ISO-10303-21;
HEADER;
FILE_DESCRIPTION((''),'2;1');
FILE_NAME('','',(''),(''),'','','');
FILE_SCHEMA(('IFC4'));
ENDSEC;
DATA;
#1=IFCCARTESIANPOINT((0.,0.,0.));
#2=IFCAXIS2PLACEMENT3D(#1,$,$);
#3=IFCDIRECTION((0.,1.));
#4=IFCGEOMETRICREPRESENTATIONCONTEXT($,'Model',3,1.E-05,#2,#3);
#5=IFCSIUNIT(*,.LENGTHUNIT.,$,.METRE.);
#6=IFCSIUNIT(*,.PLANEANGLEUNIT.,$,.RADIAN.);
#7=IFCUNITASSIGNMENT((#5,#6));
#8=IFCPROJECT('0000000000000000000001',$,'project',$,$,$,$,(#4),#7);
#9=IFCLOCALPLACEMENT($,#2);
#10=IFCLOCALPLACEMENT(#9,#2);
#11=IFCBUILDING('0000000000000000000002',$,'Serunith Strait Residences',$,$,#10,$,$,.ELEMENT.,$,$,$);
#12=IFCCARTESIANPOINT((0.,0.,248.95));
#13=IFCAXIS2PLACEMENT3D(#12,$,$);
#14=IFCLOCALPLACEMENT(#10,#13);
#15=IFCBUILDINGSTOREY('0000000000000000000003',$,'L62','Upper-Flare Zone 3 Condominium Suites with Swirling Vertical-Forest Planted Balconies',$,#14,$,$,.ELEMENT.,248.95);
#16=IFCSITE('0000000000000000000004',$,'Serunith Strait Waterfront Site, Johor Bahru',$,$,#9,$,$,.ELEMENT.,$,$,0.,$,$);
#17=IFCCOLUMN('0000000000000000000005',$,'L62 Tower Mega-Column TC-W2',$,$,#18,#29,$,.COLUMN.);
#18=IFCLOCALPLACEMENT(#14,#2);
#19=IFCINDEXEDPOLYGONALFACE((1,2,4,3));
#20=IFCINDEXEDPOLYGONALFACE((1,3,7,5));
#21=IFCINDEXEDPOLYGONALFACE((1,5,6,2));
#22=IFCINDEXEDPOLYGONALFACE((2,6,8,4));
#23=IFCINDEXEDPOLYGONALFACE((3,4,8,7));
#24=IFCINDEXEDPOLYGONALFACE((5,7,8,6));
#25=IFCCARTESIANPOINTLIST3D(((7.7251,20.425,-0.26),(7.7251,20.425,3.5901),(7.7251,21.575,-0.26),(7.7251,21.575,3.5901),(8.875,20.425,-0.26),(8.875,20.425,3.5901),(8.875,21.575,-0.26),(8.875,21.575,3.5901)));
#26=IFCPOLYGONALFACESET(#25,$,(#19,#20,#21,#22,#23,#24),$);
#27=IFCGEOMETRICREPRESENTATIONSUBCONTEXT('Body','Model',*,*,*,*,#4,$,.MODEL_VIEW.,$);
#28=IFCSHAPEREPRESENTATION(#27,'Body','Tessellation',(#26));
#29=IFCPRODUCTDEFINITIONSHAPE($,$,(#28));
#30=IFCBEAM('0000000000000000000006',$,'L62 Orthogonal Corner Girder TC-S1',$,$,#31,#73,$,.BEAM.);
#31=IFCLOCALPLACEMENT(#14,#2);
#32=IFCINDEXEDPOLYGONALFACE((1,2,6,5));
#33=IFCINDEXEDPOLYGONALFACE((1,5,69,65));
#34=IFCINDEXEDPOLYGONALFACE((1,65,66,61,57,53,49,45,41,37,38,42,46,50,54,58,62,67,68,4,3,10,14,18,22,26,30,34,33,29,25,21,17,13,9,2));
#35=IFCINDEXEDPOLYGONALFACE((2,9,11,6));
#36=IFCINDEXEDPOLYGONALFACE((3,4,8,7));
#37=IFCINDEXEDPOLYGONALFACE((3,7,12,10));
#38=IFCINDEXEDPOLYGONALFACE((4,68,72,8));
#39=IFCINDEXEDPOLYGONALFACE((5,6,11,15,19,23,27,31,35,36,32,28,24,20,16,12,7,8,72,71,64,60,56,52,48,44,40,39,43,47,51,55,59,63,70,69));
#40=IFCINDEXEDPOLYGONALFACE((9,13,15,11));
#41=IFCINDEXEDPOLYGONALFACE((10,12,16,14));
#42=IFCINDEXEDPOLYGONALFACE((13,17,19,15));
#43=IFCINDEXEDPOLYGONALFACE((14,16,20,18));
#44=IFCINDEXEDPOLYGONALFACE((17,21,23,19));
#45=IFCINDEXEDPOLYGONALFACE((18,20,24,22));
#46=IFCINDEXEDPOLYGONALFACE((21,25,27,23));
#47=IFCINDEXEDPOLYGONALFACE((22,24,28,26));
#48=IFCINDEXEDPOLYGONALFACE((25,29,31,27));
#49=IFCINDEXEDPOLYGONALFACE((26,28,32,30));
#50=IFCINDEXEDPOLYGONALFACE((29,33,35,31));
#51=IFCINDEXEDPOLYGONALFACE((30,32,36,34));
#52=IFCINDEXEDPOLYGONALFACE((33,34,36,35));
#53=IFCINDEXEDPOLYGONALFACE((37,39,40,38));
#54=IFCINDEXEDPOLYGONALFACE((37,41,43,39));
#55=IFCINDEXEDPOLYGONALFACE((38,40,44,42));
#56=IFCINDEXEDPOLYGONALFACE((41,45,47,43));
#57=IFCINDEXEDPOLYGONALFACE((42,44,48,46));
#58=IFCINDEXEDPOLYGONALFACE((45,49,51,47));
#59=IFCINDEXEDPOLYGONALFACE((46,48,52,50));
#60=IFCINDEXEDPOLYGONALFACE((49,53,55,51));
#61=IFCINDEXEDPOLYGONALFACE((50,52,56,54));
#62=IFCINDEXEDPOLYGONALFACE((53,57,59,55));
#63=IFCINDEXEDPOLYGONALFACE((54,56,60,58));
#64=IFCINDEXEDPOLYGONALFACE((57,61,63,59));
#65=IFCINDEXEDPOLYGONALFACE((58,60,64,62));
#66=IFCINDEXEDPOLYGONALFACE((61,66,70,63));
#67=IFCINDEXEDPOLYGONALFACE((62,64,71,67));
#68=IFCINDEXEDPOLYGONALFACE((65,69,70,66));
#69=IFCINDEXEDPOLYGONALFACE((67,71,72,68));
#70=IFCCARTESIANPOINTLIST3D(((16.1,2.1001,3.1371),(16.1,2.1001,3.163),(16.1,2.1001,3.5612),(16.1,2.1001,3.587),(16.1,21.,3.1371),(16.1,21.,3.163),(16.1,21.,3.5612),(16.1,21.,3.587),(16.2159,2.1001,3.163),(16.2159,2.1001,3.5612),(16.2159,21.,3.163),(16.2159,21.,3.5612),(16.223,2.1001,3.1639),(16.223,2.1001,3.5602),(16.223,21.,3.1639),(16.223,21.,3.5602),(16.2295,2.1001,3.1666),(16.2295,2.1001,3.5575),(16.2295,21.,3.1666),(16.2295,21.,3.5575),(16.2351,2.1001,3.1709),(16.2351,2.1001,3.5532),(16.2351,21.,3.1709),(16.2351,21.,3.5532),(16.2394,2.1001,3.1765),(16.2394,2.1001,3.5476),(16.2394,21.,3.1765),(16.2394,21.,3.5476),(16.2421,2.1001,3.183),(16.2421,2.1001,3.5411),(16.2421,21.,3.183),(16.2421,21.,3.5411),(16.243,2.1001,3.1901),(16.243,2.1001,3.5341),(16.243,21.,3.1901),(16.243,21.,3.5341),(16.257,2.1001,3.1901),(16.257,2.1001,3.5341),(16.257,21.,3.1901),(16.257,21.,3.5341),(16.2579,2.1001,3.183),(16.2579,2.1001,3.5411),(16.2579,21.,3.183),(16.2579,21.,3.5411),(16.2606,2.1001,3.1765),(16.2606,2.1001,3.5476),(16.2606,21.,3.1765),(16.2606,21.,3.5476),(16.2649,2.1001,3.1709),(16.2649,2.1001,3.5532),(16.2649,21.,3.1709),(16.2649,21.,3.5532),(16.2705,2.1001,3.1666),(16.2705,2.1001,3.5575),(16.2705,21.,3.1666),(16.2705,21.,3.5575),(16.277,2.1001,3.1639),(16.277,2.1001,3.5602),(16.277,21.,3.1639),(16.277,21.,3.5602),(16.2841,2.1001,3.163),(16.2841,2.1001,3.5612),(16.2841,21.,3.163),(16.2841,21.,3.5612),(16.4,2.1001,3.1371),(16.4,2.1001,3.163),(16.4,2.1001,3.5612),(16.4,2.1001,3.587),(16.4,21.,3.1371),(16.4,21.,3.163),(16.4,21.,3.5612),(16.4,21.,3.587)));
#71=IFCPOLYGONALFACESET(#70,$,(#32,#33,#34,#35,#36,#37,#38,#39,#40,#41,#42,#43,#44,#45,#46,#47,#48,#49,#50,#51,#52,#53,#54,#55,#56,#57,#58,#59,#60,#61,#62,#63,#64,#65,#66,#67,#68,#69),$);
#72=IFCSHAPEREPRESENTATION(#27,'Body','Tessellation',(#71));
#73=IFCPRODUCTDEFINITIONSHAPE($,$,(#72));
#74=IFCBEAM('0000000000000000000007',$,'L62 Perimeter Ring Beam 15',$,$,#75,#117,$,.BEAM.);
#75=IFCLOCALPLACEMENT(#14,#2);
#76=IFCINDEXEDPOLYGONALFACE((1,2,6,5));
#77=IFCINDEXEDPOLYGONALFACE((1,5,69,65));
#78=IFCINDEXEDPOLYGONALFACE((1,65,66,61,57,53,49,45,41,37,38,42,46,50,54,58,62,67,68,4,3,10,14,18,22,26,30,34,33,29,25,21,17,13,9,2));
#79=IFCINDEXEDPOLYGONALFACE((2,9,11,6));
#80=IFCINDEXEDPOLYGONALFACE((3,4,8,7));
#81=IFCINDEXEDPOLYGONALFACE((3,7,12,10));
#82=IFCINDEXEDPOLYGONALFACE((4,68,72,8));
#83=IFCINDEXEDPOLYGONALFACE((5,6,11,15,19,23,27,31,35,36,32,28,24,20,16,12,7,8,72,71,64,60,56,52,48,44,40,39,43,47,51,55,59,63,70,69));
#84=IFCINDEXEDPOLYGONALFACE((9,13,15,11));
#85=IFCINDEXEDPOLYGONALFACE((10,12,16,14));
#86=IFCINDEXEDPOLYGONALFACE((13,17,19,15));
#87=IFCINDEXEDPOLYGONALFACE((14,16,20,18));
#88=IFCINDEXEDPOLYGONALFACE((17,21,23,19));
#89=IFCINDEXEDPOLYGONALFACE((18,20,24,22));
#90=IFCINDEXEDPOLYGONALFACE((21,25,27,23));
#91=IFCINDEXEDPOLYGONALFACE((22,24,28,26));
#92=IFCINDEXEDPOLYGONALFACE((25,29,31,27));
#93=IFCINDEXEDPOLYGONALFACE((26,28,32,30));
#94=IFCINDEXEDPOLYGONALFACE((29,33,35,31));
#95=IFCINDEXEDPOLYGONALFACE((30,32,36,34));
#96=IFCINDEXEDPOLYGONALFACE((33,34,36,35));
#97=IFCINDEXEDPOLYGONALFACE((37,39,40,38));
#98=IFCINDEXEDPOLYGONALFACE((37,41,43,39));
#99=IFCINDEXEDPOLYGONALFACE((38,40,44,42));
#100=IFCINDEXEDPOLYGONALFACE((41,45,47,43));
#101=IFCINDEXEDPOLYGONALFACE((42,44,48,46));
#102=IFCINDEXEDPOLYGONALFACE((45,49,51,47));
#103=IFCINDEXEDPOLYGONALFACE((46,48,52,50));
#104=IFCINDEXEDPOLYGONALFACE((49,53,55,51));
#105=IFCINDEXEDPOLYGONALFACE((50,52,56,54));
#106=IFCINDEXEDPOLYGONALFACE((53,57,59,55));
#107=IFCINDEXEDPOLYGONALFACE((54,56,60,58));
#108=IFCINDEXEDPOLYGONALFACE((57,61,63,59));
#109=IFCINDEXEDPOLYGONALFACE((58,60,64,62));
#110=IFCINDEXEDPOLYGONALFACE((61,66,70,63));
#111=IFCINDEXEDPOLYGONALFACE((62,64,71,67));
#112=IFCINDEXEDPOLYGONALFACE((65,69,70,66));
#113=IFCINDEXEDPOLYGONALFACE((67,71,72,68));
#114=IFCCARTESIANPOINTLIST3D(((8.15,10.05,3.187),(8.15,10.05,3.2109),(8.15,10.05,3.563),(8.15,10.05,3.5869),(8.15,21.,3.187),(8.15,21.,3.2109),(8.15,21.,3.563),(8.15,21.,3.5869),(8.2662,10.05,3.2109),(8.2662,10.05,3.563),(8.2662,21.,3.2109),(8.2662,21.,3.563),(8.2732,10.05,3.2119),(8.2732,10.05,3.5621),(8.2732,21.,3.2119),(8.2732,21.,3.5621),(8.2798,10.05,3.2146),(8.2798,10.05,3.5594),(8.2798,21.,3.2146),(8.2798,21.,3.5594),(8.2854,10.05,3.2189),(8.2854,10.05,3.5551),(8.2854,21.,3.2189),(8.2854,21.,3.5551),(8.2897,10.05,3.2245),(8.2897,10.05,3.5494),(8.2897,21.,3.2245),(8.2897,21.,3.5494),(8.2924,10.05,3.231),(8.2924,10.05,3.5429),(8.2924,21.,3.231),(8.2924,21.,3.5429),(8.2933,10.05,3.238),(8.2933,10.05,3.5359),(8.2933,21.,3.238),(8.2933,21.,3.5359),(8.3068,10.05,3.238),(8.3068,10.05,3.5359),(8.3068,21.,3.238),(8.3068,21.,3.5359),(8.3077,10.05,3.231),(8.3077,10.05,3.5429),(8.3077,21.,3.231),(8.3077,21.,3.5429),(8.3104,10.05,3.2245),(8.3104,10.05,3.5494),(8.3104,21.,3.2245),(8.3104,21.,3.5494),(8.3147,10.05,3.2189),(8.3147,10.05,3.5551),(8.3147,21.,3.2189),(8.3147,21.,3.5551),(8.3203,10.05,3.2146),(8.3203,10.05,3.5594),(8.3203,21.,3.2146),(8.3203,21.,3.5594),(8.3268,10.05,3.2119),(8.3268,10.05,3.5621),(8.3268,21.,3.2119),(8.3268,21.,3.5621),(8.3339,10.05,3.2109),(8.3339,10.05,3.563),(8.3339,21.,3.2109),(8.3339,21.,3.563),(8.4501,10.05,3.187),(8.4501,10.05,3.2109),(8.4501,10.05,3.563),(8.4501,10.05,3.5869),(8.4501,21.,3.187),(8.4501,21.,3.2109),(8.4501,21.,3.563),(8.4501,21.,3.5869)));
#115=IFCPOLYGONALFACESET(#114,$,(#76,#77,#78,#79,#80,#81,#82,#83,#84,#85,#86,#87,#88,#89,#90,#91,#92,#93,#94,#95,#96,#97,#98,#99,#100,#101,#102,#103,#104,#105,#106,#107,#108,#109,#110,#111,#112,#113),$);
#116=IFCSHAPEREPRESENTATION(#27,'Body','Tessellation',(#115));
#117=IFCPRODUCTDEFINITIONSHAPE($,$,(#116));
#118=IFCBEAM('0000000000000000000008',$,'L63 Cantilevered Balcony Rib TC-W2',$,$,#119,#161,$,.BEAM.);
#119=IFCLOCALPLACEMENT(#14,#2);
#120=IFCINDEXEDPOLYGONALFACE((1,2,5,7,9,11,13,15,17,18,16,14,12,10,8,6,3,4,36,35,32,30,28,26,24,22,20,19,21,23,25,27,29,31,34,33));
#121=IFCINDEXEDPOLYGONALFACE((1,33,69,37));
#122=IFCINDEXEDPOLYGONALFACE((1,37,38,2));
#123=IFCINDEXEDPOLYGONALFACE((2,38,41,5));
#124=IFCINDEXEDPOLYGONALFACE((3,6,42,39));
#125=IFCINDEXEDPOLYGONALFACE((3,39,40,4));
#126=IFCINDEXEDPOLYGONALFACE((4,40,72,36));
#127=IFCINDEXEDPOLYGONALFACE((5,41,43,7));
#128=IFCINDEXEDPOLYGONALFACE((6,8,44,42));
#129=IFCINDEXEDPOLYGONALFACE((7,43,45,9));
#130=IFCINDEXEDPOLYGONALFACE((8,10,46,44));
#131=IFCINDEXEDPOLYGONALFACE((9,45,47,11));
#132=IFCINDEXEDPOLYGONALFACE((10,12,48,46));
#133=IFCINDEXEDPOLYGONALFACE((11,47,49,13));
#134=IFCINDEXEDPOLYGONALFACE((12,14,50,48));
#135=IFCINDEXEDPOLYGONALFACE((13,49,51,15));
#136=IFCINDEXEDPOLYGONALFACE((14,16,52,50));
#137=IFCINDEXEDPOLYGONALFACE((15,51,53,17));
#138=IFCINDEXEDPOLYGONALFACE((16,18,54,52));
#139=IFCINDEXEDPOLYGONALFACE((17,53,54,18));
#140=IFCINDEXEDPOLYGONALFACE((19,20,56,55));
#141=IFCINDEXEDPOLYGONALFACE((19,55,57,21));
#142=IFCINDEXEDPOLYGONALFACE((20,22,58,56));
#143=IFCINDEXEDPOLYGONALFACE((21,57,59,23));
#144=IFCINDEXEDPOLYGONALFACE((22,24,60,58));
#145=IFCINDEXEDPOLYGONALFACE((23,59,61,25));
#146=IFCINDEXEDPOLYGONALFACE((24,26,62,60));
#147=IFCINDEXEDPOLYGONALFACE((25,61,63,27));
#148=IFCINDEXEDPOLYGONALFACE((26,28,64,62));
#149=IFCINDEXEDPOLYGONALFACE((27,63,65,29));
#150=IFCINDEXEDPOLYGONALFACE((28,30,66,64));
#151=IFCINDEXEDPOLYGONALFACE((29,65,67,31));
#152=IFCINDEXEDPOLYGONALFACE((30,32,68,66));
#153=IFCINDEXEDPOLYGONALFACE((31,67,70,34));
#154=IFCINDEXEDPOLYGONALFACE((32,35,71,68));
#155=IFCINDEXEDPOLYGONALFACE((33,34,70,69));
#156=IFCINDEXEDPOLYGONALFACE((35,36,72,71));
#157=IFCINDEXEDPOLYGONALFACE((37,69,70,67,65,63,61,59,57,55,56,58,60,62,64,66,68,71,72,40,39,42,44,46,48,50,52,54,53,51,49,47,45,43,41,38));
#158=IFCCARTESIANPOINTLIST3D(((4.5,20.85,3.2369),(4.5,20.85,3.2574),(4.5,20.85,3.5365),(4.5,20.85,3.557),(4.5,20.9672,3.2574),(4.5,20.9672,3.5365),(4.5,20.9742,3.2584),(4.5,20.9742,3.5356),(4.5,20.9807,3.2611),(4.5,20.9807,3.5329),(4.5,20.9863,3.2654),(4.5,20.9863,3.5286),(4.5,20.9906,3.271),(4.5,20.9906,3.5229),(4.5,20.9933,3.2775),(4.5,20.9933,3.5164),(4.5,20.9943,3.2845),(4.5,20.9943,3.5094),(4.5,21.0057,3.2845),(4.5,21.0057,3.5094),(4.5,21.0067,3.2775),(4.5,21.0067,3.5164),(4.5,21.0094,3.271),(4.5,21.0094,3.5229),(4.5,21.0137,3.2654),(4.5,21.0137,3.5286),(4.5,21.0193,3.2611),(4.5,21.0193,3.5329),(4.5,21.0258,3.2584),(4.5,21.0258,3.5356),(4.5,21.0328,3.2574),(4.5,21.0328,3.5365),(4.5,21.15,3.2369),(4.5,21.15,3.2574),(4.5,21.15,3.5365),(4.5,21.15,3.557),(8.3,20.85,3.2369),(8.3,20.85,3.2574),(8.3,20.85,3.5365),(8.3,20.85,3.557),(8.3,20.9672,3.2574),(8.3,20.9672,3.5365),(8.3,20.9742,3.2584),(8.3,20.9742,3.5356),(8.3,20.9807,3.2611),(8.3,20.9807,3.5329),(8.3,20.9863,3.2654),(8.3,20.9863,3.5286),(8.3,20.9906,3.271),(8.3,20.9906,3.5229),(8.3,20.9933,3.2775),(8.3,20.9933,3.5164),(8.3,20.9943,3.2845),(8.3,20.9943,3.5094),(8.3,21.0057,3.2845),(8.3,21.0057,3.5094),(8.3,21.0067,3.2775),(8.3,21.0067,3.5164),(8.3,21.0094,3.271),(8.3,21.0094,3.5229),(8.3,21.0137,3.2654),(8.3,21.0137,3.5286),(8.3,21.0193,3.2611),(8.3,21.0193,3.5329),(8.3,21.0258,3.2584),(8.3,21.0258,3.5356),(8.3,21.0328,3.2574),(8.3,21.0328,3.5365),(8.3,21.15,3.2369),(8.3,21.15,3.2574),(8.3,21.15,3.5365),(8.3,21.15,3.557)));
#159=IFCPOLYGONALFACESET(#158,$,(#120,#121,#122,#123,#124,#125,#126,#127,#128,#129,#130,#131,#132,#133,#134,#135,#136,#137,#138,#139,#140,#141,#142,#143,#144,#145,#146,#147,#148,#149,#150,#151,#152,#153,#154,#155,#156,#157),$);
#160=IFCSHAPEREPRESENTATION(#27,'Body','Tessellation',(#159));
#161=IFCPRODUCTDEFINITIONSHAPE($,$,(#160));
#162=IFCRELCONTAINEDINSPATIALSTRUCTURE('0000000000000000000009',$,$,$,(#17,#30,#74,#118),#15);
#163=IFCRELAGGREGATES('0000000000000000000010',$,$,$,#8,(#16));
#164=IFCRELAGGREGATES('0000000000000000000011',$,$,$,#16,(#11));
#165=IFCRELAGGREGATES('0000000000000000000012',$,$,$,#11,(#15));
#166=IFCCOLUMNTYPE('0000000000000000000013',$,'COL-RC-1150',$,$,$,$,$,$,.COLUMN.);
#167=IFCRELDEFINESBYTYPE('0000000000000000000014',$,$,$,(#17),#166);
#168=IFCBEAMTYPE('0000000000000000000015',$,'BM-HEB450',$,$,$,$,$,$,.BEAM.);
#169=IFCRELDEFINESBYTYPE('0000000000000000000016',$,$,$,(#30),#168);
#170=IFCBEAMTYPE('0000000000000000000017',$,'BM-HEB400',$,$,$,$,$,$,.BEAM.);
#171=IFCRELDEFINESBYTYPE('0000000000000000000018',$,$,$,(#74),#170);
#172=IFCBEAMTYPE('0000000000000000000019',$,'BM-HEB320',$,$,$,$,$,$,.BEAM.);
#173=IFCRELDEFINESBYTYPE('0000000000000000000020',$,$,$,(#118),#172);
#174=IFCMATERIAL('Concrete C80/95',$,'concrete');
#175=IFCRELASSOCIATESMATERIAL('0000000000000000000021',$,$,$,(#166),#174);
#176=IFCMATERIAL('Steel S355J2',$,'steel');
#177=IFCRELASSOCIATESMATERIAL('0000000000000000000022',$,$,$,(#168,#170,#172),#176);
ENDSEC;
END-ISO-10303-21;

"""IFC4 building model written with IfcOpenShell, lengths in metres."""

from ifc_helpers import new_model, si_unit, direction, frame, origin, origin_2d, place, context, subcontext, project, spatial, rectangle, i_section, extrude, source, transform, mapped, material, material_profile, profile_set, type_object, element, save


model = new_model("IFC4")

# Units and contexts
model_context = context("Model", 3, precision=1e-05, world=origin(), true_north=direction((0.0, 1.0)))
body_context = subcontext(model_context, "Body", "Model", "MODEL_VIEW")
ifc_project = project(units=[si_unit("LENGTHUNIT", "METRE"), si_unit("PLANEANGLEUNIT", "RADIAN")], contexts=[model_context])

# Site, building, storey
site_placement = place(None, origin())
site = spatial("IfcSite", under=ifc_project, at=site_placement, Name="Serunith Strait Waterfront Site, Johor Bahru", CompositionType="ELEMENT", RefElevation=0.0)
building_placement = place(site_placement, origin())
building = spatial("IfcBuilding", under=site, at=building_placement, Name="Serunith Strait Residences", CompositionType="ELEMENT")
storey_placement = place(building_placement, frame((0.0, 0.0, 248.95)))
storey = spatial("IfcBuildingStorey", under=building, at=storey_placement, Name="L62", Description="Upper-Flare Zone 3 Condominium Suites with Swirling Vertical-Forest Planted Balconies", CompositionType="ELEMENT", Elevation=248.95)

# Column
ifc_material_1 = material(Name="Concrete C80/95", Category="concrete")
ifc_material_profile_1 = material_profile(ifc_material_1, rectangle(XDim=1.1499, YDim=1.1499, at=origin_2d()), Name="RC 1150x1150")
ifc_profile_set_1 = profile_set([ifc_material_profile_1], Name="Concrete C80/95")
column_type = type_object("IfcColumnType", Name="COL-RC-1150", PredefinedType="COLUMN", material=ifc_profile_set_1)
shared_shape_1 = source(origin(), body_context, "Body", "SweptSolid", [
    extrude(rectangle(XDim=1.1499, YDim=1.1499, at=origin_2d()), origin(), (0.0, 0.0, 1.0), 3.8501),
])
column_placement = place(storey_placement, frame((8.3, 21.0, -0.26), z_axis=(0.0, 0.0, 1.0), x_axis=(1.0, 0.0, 0.0)))
element("IfcColumn", 1, at=column_placement, inside=storey, type_object=column_type, Name="L62 Tower Mega-Column TC-W2", PredefinedType="COLUMN", context=body_context, shape_type="MappedRepresentation", body=[
    mapped(shared_shape_1, transform((0.0, 0.0, 0.0), scale=1.0)),
])

# Beams
ifc_material_2 = material(Name="Steel S355J2", Category="steel")
ifc_material_profile_2 = material_profile(ifc_material_2, i_section(OverallWidth=0.3, OverallDepth=0.45, WebThickness=0.0139, FlangeThickness=0.0259, FilletRadius=0.0271, at=origin_2d()), Name="HEB 450")
ifc_profile_set_2 = profile_set([ifc_material_profile_2], Name="Steel S355J2")
beam_type_1 = type_object("IfcBeamType", Name="BM-HEB450", PredefinedType="BEAM", material=ifc_profile_set_2)
shared_shape_2 = source(origin(), body_context, "Body", "SweptSolid", [
    extrude(i_section(OverallWidth=0.3, OverallDepth=0.45, WebThickness=0.0139, FlangeThickness=0.0259, FilletRadius=0.0271, at=origin_2d()), origin(), (0.0, 0.0, 1.0), 18.8999),
])
beam_1_placement = place(storey_placement, frame((16.25, 21.0, 3.3621), z_axis=(0.0, -1.0, 0.0), x_axis=(1.0, 0.0, 0.0)))
element("IfcBeam", 2, at=beam_1_placement, inside=storey, type_object=beam_type_1, Name="L62 Orthogonal Corner Girder TC-S1", PredefinedType="BEAM", context=body_context, shape_type="MappedRepresentation", body=[
    mapped(shared_shape_2, transform((0.0, 0.0, 0.0), scale=1.0)),
])
ifc_material_profile_3 = material_profile(ifc_material_2, i_section(OverallWidth=0.3, OverallDepth=0.3999, WebThickness=0.0134, FlangeThickness=0.0239, FilletRadius=0.0271, at=origin_2d()), Name="HEB 400")
ifc_profile_set_3 = profile_set([ifc_material_profile_3], Name="Steel S355J2")
beam_type_2 = type_object("IfcBeamType", Name="BM-HEB400", PredefinedType="BEAM", material=ifc_profile_set_3)
shared_shape_3 = source(origin(), body_context, "Body", "SweptSolid", [
    extrude(i_section(OverallWidth=0.3, OverallDepth=0.3999, WebThickness=0.0134, FlangeThickness=0.0239, FilletRadius=0.0271, at=origin_2d()), origin(), (0.0, 0.0, 1.0), 10.95),
])
beam_2_placement = place(storey_placement, frame((8.3, 21.0, 3.387), z_axis=(0.0, -1.0, 0.0), x_axis=(1.0, 0.0, 0.0)))
element("IfcBeam", 3, at=beam_2_placement, inside=storey, type_object=beam_type_2, Name="L62 Perimeter Ring Beam 15", PredefinedType="BEAM", context=body_context, shape_type="MappedRepresentation", body=[
    mapped(shared_shape_3, transform((0.0, 0.0, 0.0), scale=1.0)),
])
ifc_material_profile_4 = material_profile(ifc_material_2, i_section(OverallWidth=0.3, OverallDepth=0.3201, WebThickness=0.0115, FlangeThickness=0.0205, FilletRadius=0.0271, at=origin_2d()), Name="HEB 320")
ifc_profile_set_4 = profile_set([ifc_material_profile_4], Name="Steel S355J2")
beam_type_3 = type_object("IfcBeamType", Name="BM-HEB320", PredefinedType="BEAM", material=ifc_profile_set_4)
shared_shape_4 = source(origin(), body_context, "Body", "SweptSolid", [
    extrude(i_section(OverallWidth=0.3, OverallDepth=0.3201, WebThickness=0.0115, FlangeThickness=0.0205, FilletRadius=0.0271, at=origin_2d()), origin(), (0.0, 0.0, 1.0), 3.8),
])
beam_3_placement = place(storey_placement, frame((8.3, 21.0, 3.397), z_axis=(-1.0, 0.0, 0.0), x_axis=(0.0, -1.0, 0.0)))
element("IfcBeam", 4, at=beam_3_placement, inside=storey, type_object=beam_type_3, Name="L63 Cantilevered Balcony Rib TC-W2", PredefinedType="BEAM", context=body_context, shape_type="MappedRepresentation", body=[
    mapped(shared_shape_4, transform((0.0, 0.0, 0.0), scale=1.0)),
])

save(model, "model.ifc")
